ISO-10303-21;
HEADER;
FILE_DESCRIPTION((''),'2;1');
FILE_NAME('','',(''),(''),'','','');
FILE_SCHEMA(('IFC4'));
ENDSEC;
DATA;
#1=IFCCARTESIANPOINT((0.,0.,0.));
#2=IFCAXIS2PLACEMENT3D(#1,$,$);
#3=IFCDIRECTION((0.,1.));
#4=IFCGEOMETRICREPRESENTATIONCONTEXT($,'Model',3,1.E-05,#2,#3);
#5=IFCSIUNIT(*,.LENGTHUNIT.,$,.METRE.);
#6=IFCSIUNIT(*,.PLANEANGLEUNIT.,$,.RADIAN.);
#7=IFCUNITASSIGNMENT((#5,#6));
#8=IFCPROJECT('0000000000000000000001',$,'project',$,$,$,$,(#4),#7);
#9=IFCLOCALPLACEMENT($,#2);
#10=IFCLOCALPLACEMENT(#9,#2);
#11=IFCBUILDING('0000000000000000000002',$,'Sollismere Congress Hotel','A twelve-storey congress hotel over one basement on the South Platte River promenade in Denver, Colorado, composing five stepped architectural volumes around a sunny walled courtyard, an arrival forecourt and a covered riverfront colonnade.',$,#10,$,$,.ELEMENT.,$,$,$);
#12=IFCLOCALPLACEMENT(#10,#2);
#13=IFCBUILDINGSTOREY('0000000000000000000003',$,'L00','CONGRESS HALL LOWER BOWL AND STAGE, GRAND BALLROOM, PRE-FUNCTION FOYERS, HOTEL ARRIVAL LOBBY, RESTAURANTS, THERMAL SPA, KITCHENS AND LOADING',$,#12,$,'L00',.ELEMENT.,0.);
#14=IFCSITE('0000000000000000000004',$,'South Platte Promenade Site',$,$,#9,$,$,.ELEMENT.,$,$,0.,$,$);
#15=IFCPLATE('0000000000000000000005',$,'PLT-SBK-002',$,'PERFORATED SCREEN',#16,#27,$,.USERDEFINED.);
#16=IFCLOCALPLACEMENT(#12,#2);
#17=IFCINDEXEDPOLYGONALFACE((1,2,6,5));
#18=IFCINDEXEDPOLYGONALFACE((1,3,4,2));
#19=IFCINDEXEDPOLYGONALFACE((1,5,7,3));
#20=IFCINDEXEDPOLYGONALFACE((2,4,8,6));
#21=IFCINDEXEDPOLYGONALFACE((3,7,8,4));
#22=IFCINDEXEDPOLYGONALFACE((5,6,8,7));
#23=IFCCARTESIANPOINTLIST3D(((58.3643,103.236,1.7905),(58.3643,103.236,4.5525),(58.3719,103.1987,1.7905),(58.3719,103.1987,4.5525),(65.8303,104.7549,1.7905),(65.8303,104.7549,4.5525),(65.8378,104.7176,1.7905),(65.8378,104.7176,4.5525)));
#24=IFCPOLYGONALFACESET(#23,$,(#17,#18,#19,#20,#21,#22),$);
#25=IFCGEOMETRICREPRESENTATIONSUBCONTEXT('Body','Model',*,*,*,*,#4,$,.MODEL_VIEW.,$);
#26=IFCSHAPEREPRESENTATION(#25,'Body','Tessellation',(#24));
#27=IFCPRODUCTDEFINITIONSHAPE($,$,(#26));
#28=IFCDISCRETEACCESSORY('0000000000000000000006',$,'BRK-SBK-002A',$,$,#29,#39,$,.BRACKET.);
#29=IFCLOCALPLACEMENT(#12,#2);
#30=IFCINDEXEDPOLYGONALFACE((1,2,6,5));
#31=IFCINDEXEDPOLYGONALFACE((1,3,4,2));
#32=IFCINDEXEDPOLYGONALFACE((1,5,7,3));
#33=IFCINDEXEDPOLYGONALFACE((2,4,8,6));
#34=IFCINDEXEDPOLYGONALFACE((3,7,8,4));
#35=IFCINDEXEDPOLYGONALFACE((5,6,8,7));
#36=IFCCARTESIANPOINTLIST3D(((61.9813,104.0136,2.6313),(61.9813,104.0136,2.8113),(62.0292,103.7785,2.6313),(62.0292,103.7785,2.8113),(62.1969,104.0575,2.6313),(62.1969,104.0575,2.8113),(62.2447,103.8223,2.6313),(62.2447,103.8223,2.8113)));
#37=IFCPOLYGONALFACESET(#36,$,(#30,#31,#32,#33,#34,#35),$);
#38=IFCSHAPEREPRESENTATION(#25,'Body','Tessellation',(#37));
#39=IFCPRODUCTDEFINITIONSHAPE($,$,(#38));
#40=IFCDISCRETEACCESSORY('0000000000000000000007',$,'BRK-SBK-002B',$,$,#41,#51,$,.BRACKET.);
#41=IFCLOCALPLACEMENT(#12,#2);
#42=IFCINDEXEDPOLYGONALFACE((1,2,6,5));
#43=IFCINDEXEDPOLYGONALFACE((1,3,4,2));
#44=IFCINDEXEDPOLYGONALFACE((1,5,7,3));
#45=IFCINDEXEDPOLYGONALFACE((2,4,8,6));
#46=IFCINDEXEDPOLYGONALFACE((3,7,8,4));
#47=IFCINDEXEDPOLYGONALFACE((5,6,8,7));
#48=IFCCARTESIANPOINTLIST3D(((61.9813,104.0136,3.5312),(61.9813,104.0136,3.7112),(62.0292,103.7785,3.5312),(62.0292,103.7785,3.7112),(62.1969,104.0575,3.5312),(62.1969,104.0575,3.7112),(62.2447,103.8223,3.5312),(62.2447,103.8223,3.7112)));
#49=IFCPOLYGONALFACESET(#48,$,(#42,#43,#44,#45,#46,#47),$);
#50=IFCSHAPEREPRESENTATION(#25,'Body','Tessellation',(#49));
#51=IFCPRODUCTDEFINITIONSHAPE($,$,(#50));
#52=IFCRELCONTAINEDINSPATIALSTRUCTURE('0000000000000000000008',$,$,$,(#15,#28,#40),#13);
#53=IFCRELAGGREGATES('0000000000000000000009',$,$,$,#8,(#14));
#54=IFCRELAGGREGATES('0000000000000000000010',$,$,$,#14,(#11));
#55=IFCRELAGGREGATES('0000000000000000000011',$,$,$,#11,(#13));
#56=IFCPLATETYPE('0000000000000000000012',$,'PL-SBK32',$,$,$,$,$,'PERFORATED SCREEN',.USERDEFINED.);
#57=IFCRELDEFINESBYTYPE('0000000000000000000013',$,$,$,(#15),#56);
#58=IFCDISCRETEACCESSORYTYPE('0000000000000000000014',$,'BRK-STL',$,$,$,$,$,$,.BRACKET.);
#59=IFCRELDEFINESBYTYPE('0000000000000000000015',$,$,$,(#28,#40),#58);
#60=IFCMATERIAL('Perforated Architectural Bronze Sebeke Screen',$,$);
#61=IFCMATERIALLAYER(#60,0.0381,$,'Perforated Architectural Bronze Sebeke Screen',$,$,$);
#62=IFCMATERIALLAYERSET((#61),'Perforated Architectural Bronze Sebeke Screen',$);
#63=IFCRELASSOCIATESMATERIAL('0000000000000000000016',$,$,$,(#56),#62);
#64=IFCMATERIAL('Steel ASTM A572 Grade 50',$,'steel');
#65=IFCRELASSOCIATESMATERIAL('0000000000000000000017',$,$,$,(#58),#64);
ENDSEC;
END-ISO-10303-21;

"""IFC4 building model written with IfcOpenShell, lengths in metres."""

from ifc_helpers import new_model, si_unit, direction, frame, origin, origin_2d, place, context, subcontext, project, spatial, rectangle, extrude, material, layer, layer_set, type_object, element, save


model = new_model("IFC4")

# Units and contexts
model_context = context("Model", 3, precision=1e-05, world=origin(), true_north=direction((0.0, 1.0)))
body_context = subcontext(model_context, "Body", "Model", "MODEL_VIEW")
ifc_project = project(units=[si_unit("LENGTHUNIT", "METRE"), si_unit("PLANEANGLEUNIT", "RADIAN")], contexts=[model_context])

# Site, building, storey
site_placement = place(None, origin())
site = spatial("IfcSite", under=ifc_project, at=site_placement, Name="South Platte Promenade Site", CompositionType="ELEMENT", RefElevation=0.0)
building_placement = place(site_placement, origin())
building = spatial("IfcBuilding", under=site, at=building_placement, Name="Sollismere Congress Hotel", Description="A twelve-storey congress hotel over one basement on the South Platte River promenade in Denver, Colorado, composing five stepped architectural volumes around a sunny walled courtyard, an arrival forecourt and a covered riverfront colonnade.", CompositionType="ELEMENT")
storey_placement = place(building_placement, origin())
storey = spatial("IfcBuildingStorey", under=building, at=storey_placement, Name="L00", Description="CONGRESS HALL LOWER BOWL AND STAGE, GRAND BALLROOM, PRE-FUNCTION FOYERS, HOTEL ARRIVAL LOBBY, RESTAURANTS, THERMAL SPA, KITCHENS AND LOADING", LongName="L00", CompositionType="ELEMENT", Elevation=0.0)

# Plate
ifc_material_1 = material(Name="Perforated Architectural Bronze Sebeke Screen")
ifc_layer_1 = layer(ifc_material_1, 0.0381, Name="Perforated Architectural Bronze Sebeke Screen")
ifc_layer_set_1 = layer_set([ifc_layer_1], Name="Perforated Architectural Bronze Sebeke Screen")
plate_type_1 = type_object("IfcPlateType", Name="PL-SBK32", ElementType="PERFORATED SCREEN", PredefinedType="USERDEFINED", material=ifc_layer_set_1)
plate_1_placement = place(storey_placement, frame((62.1011, 103.9768, 1.7905), z_axis=(0.0, 0.0, 1.0), x_axis=(0.979925, 0.199368, 0.0)))
element("IfcPlate", 1, at=plate_1_placement, inside=storey, type_object=plate_type_1, Name="PLT-SBK-002", ObjectType="PERFORATED SCREEN", PredefinedType="USERDEFINED", context=body_context, shape_type="SweptSolid", body=[
    extrude(rectangle(XDim=7.6189, YDim=0.0381, at=origin_2d()), origin(), (0.0, 0.0, 1.0), 2.762),
])

# Discrete accessories
ifc_material_2 = material(Name="Steel ASTM A572 Grade 50", Category="steel")
discrete_accessory_type = type_object("IfcDiscreteAccessoryType", Name="BRK-STL", PredefinedType="BRACKET", material=ifc_material_2)
for number, where, z_axis, x_axis, name in (
    (2, (62.113, 103.918, 2.6313), (0.0, 0.0, 1.0), (0.979925, 0.199368, 0.0), "BRK-SBK-002A"),
    (3, (62.113, 103.918, 3.5312), (0.0, 0.0, 1.0), (0.979925, 0.199368, 0.0), "BRK-SBK-002B"),
):
    element("IfcDiscreteAccessory", number, at=place(storey_placement, frame(where, z_axis=z_axis, x_axis=x_axis)), inside=storey, type_object=discrete_accessory_type, Name=name, PredefinedType="BRACKET", context=body_context, shape_type="SweptSolid", body=[
        extrude(rectangle(XDim=0.22, YDim=0.24, at=origin_2d()), origin(), (0.0, 0.0, 1.0), 0.1799),
    ])

save(model, "model.ifc")
